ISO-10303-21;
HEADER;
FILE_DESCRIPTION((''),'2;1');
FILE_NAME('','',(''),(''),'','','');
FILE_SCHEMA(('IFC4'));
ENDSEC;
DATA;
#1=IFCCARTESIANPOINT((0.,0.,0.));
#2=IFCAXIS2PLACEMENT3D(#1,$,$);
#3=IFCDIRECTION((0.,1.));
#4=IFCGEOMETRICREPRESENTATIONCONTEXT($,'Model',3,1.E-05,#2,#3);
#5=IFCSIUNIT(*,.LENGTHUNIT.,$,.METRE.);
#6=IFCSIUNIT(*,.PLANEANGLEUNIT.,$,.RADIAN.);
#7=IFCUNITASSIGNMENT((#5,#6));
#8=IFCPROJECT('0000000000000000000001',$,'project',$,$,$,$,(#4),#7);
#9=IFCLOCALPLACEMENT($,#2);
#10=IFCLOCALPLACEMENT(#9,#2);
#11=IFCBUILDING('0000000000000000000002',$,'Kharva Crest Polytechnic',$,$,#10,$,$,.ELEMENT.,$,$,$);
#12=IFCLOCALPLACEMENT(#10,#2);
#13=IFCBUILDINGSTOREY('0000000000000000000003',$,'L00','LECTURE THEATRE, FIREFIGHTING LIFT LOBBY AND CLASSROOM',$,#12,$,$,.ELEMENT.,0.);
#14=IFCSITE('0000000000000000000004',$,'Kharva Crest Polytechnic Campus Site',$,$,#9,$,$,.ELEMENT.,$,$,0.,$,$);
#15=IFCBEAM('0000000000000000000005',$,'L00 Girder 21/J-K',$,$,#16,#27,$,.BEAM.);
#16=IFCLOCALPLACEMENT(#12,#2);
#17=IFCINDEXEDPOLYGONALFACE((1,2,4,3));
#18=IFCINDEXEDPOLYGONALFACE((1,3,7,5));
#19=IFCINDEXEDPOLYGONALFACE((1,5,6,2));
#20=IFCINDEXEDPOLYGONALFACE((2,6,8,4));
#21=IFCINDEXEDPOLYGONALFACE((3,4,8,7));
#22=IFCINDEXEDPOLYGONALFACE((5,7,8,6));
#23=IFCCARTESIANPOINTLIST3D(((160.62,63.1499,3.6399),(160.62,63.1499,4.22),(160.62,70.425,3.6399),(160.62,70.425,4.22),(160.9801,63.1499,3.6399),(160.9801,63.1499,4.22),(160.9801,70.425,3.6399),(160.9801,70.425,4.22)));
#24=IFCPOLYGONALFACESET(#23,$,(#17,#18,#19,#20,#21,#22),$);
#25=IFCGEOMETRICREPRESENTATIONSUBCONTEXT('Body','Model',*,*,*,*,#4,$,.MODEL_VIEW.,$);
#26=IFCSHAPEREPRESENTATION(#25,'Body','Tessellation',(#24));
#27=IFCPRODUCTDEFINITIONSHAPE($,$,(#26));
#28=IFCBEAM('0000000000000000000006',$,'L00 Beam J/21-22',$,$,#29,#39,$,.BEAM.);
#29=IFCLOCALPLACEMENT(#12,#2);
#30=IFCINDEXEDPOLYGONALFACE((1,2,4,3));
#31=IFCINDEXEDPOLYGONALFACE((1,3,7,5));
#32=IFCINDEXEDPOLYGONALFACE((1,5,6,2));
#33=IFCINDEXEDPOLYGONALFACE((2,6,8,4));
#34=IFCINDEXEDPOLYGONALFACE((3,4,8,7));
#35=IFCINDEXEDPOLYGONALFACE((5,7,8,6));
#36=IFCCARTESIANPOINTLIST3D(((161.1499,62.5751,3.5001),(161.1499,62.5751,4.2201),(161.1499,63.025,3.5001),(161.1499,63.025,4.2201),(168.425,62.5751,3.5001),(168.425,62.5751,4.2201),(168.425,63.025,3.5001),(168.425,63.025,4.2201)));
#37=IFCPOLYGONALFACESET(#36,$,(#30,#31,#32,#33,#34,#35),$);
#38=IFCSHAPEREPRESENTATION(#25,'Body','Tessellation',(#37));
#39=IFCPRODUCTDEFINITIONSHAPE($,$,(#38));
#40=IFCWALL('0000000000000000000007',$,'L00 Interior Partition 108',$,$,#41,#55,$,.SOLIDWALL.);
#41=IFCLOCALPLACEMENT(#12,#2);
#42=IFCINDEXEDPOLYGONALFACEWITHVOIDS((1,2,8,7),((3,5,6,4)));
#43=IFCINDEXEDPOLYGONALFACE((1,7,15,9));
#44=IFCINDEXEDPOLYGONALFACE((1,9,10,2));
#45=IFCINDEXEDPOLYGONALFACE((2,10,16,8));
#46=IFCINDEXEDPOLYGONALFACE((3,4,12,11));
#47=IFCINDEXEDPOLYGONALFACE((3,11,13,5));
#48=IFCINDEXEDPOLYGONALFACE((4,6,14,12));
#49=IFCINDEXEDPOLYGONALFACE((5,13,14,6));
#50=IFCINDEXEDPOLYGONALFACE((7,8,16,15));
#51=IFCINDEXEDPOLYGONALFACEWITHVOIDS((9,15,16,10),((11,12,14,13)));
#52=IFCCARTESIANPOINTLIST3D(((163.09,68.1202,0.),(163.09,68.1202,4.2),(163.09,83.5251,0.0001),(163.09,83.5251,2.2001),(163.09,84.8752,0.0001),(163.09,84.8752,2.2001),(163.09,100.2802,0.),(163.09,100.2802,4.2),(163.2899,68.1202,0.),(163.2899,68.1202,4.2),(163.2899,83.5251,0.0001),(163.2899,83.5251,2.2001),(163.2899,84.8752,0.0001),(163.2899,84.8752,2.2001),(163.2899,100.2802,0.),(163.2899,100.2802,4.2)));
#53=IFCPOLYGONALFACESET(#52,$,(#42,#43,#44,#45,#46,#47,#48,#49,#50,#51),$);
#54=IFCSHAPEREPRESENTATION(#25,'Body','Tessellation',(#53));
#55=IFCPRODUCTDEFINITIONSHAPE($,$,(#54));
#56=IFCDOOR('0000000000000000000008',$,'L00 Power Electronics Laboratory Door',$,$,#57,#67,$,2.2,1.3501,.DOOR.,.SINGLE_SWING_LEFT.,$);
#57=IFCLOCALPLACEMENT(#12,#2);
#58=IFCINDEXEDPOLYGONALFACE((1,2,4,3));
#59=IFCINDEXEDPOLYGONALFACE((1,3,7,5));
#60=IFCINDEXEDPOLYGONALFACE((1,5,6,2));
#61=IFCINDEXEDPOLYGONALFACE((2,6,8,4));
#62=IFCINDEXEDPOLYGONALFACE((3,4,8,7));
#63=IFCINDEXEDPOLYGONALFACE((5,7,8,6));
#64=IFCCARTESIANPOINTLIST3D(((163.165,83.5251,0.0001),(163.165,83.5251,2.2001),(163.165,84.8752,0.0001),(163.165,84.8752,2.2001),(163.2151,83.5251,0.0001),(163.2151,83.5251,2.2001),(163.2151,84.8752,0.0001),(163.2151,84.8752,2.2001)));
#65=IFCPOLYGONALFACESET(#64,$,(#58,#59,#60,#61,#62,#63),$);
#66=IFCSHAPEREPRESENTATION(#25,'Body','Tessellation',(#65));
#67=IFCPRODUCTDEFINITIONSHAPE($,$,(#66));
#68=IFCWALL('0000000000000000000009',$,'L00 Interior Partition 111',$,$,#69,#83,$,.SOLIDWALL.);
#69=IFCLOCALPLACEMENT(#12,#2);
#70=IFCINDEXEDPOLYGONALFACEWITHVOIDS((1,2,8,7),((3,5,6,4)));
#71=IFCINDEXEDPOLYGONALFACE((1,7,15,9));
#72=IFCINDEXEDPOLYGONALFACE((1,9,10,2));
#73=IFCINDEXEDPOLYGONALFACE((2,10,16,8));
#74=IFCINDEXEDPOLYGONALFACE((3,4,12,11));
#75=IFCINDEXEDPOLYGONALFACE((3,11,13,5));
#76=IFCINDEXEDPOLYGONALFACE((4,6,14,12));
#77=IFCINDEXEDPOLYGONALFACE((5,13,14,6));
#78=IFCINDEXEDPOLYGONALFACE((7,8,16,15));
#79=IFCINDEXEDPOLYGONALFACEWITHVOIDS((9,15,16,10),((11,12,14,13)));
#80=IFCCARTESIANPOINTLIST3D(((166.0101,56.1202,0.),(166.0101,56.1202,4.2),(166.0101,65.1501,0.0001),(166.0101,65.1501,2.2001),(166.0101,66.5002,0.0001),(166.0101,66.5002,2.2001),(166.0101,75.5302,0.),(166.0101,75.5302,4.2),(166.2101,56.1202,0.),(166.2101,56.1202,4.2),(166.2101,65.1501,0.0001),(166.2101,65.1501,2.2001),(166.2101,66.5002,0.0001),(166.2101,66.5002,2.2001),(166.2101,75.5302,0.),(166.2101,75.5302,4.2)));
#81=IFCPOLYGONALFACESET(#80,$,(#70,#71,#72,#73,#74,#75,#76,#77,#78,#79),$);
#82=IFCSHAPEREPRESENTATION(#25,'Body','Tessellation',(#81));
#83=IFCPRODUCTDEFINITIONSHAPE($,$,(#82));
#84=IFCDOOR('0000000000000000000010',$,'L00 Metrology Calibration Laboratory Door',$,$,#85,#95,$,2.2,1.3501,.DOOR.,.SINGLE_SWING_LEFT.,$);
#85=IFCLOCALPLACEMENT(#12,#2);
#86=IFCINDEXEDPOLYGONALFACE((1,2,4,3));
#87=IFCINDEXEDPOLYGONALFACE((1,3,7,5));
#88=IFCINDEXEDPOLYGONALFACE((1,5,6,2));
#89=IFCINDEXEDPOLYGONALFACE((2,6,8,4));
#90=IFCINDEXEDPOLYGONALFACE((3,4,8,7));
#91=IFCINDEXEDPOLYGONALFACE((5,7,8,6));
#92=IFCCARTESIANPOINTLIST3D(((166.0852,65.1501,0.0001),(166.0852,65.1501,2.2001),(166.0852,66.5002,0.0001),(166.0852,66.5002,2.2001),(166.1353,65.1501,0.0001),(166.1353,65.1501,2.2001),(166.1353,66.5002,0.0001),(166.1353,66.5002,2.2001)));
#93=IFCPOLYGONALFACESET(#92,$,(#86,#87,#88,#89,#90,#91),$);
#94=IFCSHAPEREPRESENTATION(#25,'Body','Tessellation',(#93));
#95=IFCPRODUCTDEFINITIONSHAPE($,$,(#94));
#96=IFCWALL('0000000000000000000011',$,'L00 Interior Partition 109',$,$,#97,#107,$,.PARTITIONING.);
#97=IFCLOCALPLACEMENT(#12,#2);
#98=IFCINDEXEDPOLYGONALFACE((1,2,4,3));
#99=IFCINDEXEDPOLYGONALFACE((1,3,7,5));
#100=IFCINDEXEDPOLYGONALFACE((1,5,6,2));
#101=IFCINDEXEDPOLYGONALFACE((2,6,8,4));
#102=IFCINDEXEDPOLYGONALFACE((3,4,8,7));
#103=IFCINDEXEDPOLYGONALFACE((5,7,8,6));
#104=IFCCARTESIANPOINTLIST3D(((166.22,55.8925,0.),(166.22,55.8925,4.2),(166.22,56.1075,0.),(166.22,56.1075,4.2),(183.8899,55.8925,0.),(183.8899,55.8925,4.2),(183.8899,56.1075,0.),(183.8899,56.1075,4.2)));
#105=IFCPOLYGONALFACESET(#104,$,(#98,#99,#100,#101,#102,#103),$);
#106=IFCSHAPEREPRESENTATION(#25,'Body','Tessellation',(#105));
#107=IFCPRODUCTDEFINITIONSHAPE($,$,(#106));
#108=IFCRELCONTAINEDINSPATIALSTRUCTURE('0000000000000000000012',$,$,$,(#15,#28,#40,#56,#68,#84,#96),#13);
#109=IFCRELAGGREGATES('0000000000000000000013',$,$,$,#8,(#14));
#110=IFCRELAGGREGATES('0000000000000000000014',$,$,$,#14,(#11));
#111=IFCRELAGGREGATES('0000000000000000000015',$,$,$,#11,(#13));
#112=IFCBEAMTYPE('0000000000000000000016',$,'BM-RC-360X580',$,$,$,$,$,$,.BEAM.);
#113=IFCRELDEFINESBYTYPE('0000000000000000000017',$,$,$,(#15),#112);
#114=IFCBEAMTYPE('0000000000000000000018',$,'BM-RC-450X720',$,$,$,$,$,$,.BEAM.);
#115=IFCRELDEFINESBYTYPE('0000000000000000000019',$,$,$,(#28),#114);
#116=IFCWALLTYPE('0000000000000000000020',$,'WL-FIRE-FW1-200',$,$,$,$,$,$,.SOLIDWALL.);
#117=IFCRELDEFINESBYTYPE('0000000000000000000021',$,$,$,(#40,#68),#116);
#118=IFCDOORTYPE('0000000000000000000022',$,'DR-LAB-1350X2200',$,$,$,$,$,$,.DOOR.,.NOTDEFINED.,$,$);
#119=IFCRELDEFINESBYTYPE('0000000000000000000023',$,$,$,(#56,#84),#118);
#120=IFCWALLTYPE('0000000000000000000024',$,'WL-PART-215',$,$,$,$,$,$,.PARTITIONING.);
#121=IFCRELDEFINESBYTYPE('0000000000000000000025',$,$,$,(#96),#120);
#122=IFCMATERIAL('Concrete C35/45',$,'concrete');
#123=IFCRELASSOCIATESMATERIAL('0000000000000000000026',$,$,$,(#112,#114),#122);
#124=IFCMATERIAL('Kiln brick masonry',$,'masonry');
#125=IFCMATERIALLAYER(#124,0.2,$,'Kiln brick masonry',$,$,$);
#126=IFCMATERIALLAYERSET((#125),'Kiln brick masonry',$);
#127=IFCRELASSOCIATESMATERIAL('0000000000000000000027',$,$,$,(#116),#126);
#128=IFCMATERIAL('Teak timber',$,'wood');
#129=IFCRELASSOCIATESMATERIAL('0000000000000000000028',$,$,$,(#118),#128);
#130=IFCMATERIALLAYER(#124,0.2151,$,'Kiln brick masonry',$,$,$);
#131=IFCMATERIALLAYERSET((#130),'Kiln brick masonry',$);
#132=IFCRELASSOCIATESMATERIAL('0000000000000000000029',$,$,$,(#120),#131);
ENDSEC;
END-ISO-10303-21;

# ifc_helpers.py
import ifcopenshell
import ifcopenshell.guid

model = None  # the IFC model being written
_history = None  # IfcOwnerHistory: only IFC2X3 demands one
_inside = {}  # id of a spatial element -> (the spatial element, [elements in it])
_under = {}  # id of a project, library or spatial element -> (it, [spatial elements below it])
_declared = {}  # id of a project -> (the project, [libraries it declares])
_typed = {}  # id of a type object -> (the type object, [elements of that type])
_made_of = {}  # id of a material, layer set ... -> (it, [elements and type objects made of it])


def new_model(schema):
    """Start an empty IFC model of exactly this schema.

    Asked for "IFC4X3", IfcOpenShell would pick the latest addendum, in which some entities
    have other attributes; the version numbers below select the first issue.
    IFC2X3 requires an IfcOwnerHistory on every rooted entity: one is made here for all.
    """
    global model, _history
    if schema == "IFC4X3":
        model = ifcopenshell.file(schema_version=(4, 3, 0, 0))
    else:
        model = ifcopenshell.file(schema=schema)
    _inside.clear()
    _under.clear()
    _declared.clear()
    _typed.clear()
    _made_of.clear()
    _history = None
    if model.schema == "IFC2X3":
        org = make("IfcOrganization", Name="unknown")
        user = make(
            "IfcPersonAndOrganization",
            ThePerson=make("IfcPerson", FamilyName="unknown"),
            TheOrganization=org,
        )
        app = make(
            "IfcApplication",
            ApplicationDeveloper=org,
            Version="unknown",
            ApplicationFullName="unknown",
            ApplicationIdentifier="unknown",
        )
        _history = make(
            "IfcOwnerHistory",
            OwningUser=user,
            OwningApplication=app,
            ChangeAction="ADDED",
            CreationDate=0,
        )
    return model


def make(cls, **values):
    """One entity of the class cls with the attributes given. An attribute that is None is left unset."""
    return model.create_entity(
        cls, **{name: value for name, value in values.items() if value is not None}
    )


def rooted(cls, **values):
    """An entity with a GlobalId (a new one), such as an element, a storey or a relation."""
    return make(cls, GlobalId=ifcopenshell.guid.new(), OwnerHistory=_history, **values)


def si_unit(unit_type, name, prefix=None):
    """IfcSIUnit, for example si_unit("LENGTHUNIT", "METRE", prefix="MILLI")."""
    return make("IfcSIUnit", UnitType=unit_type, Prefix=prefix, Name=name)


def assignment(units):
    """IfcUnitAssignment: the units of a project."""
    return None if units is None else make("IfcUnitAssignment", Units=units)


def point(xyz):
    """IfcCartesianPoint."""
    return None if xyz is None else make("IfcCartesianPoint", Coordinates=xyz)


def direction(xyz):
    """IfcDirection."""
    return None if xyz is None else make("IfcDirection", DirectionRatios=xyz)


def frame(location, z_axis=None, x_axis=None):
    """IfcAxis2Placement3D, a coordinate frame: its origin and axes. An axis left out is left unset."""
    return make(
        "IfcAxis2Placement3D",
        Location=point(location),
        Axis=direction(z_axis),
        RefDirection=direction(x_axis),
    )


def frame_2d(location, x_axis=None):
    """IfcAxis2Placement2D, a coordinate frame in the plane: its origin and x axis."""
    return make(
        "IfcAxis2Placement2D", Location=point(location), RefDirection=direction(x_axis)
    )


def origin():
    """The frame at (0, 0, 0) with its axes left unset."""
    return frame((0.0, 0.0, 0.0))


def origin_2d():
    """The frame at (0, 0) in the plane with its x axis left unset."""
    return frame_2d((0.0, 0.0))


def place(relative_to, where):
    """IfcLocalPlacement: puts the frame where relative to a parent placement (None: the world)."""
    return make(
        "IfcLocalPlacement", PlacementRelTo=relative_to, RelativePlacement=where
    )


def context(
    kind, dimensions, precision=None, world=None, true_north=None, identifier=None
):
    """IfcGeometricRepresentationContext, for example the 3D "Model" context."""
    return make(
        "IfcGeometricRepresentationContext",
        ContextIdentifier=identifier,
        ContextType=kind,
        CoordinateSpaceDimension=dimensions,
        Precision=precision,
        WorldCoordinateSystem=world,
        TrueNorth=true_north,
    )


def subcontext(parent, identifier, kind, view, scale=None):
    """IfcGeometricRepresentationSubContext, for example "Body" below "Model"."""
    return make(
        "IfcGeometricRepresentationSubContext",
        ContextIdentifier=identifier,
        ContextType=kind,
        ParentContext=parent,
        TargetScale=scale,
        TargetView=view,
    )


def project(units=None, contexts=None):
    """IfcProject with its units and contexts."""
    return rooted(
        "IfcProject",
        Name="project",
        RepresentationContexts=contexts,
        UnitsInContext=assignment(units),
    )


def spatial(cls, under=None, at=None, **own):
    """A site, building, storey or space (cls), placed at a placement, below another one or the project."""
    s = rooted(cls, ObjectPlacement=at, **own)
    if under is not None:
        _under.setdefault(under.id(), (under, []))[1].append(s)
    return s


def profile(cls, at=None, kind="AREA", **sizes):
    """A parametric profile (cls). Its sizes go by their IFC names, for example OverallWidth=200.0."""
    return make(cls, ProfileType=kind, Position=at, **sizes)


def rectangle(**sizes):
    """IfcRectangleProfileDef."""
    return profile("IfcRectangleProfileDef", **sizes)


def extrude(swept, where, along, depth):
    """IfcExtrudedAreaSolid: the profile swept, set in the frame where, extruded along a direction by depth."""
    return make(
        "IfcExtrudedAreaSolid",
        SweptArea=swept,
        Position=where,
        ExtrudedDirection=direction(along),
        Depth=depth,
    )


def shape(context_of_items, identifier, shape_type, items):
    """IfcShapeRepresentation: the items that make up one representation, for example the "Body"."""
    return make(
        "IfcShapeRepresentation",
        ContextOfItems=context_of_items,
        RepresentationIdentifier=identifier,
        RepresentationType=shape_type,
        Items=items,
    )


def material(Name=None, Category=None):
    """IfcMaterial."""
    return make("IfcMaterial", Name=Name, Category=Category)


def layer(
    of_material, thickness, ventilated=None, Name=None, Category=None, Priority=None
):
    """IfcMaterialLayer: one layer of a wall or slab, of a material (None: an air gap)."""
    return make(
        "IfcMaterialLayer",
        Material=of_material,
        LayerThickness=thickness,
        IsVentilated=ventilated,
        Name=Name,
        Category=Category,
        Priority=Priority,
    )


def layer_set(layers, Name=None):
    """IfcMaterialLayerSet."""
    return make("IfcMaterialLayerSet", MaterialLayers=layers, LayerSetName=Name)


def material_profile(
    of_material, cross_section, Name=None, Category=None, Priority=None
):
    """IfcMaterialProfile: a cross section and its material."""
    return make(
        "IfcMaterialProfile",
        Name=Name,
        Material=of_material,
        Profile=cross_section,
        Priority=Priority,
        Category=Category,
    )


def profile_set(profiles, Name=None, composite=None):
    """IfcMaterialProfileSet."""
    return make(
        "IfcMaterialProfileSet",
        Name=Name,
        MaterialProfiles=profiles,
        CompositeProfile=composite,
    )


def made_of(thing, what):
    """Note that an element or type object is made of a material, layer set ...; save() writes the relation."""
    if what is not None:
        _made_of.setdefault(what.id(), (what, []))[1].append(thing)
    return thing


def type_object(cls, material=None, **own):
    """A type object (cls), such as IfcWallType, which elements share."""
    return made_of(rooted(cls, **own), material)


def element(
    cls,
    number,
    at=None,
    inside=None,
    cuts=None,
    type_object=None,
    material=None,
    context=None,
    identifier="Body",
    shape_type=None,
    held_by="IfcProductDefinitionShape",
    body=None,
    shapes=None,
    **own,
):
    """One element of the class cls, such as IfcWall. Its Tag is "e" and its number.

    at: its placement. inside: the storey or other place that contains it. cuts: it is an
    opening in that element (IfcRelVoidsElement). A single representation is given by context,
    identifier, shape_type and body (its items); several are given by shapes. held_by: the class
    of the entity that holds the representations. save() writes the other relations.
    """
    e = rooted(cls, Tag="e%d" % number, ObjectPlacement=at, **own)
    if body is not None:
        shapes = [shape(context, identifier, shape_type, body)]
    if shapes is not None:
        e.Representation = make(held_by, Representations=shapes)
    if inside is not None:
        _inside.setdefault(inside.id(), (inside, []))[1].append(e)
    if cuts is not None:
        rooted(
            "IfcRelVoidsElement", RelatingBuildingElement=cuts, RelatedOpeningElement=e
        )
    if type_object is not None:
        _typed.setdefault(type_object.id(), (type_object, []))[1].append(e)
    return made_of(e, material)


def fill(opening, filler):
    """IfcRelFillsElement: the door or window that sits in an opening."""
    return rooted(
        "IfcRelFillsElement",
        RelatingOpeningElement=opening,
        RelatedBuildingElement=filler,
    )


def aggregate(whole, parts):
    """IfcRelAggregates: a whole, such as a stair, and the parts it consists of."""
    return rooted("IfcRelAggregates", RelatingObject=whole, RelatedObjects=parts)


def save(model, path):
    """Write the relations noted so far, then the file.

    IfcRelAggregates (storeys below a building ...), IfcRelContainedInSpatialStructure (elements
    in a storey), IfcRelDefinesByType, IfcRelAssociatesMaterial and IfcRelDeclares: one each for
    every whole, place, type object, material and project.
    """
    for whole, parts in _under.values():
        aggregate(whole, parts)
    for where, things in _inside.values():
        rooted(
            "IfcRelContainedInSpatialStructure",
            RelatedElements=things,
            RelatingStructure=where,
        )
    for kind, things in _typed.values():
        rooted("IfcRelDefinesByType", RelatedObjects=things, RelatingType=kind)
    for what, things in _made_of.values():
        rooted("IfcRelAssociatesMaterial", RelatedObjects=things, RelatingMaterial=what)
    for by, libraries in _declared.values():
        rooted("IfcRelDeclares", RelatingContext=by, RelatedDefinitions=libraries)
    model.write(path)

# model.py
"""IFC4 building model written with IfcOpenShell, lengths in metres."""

from ifc_helpers import new_model, si_unit, direction, frame, frame_2d, origin, origin_2d, place, context, subcontext, project, spatial, rectangle, extrude, material, layer, layer_set, material_profile, profile_set, type_object, element, fill, save


model = new_model("IFC4")

# Units and contexts
model_context = context("Model", 3, precision=1e-05, world=origin(), true_north=direction((0.0, 1.0)))
body_context = subcontext(model_context, "Body", "Model", "MODEL_VIEW")
ifc_project = project(units=[si_unit("LENGTHUNIT", "METRE"), si_unit("PLANEANGLEUNIT", "RADIAN")], contexts=[model_context])

# Site, building, storey
site_placement = place(None, origin())
site = spatial("IfcSite", under=ifc_project, at=site_placement, Name="Kharva Crest Polytechnic Campus Site", CompositionType="ELEMENT", RefElevation=0.0)
building_placement = place(site_placement, origin())
building = spatial("IfcBuilding", under=site, at=building_placement, Name="Kharva Crest Polytechnic", CompositionType="ELEMENT")
storey_placement = place(building_placement, origin())
storey = spatial("IfcBuildingStorey", under=building, at=storey_placement, Name="L00", Description="LECTURE THEATRE, FIREFIGHTING LIFT LOBBY AND CLASSROOM", CompositionType="ELEMENT", Elevation=0.0)

# Shared definitions
ifc_material_1 = material(Name="Concrete C35/45", Category="concrete")

# Beams
ifc_material_profile_1 = material_profile(ifc_material_1, rectangle(XDim=0.3601, YDim=0.5801, at=origin_2d()), Name="RECT 360 X 580")
ifc_profile_set_1 = profile_set([ifc_material_profile_1], Name="Concrete C35/45")
beam_type_1 = type_object("IfcBeamType", Name="BM-RC-360X580", PredefinedType="BEAM", material=ifc_profile_set_1)
beam_1_placement = place(storey_placement, frame((160.8, 63.1499, 3.9299), z_axis=(0.0, 1.0, 0.0), x_axis=(-1.0, 0.0, 0.0)))
element("IfcBeam", 1, at=beam_1_placement, inside=storey, type_object=beam_type_1, Name="L00 Girder 21/J-K", PredefinedType="BEAM", context=body_context, shape_type="SweptSolid", body=[
    extrude(rectangle(XDim=0.3601, YDim=0.5801, at=origin_2d()), origin(), (0.0, 0.0, 1.0), 7.2751),
])
ifc_material_profile_2 = material_profile(ifc_material_1, rectangle(XDim=0.45, YDim=0.72, at=origin_2d()), Name="RECT 450 X 720")
ifc_profile_set_2 = profile_set([ifc_material_profile_2], Name="Concrete C35/45")
beam_type_2 = type_object("IfcBeamType", Name="BM-RC-450X720", PredefinedType="BEAM", material=ifc_profile_set_2)
beam_2_placement = place(storey_placement, frame((161.1499, 62.8, 3.8601), z_axis=(1.0, 0.0, 0.0), x_axis=(0.0, 1.0, 0.0)))
element("IfcBeam", 2, at=beam_2_placement, inside=storey, type_object=beam_type_2, Name="L00 Beam J/21-22", PredefinedType="BEAM", context=body_context, shape_type="SweptSolid", body=[
    extrude(rectangle(XDim=0.45, YDim=0.72, at=origin_2d()), origin(), (0.0, 0.0, 1.0), 7.2751),
])

# Walls, openings, doors
ifc_material_2 = material(Name="Kiln brick masonry", Category="masonry")
ifc_layer_1 = layer(ifc_material_2, 0.2, Name="Kiln brick masonry")
ifc_layer_set_1 = layer_set([ifc_layer_1], Name="Kiln brick masonry")
wall_type_1 = type_object("IfcWallType", Name="WL-FIRE-FW1-200", PredefinedType="SOLIDWALL", material=ifc_layer_set_1)
wall_1_placement = place(storey_placement, frame((163.1899, 68.1201, 0.0), z_axis=(0.0, 0.0, 1.0), x_axis=(0.0, 1.0, 0.0)))
wall_1 = element("IfcWall", 3, at=wall_1_placement, inside=storey, type_object=wall_type_1, Name="L00 Interior Partition 108", PredefinedType="SOLIDWALL", context=body_context, shape_type="SweptSolid", body=[
    extrude(rectangle(XDim=32.1599, YDim=0.2, at=frame_2d((16.0801, 0.0))), origin(), (0.0, 0.0, 1.0), 4.2),
])
opening_1_placement = place(wall_1_placement, frame((15.405, 0.0, 0.0)))
opening_1 = element("IfcOpeningElement", 4, at=opening_1_placement, cuts=wall_1, PredefinedType="OPENING", context=body_context, shape_type="SweptSolid", body=[
    extrude(rectangle(XDim=1.3501, YDim=2.2, at=frame_2d((0.675, 1.1001))), frame((0.0, 0.1099, 0.0), z_axis=(0.0, -1.0, 0.0), x_axis=(1.0, 0.0, 0.0)), (0.0, 0.0, 1.0), 0.22),
])
ifc_material_3 = material(Name="Teak timber", Category="wood")
door_type = type_object("IfcDoorType", Name="DR-LAB-1350X2200", OperationType="NOTDEFINED", PredefinedType="DOOR", material=ifc_material_3)
door_1_placement = place(opening_1_placement, origin())
door_1 = element("IfcDoor", 5, at=door_1_placement, inside=storey, type_object=door_type, Name="L00 Power Electronics Laboratory Door", OperationType="SINGLE_SWING_LEFT", OverallHeight=2.2, OverallWidth=1.3501, PredefinedType="DOOR", context=body_context, shape_type="SweptSolid", body=[
    extrude(rectangle(XDim=1.3501, YDim=2.2, at=frame_2d((0.675, 1.1001))), frame((0.0, 0.0249, 0.0), z_axis=(0.0, -1.0, 0.0), x_axis=(1.0, 0.0, 0.0)), (0.0, 0.0, 1.0), 0.05),
])
fill(opening_1, door_1)
wall_2_placement = place(storey_placement, frame((166.1101, 56.1201, 0.0), z_axis=(0.0, 0.0, 1.0), x_axis=(0.0, 1.0, 0.0)))
wall_2 = element("IfcWall", 6, at=wall_2_placement, inside=storey, type_object=wall_type_1, Name="L00 Interior Partition 111", PredefinedType="SOLIDWALL", context=body_context, shape_type="SweptSolid", body=[
    extrude(rectangle(XDim=19.4099, YDim=0.2, at=frame_2d((9.7051, 0.0))), origin(), (0.0, 0.0, 1.0), 4.2),
])
opening_2_placement = place(wall_2_placement, frame((9.03, 0.0, 0.0)))
opening_2 = element("IfcOpeningElement", 7, at=opening_2_placement, cuts=wall_2, PredefinedType="OPENING", context=body_context, shape_type="SweptSolid", body=[
    extrude(rectangle(XDim=1.3501, YDim=2.2, at=frame_2d((0.675, 1.1001))), frame((0.0, 0.1099, 0.0), z_axis=(0.0, -1.0, 0.0), x_axis=(1.0, 0.0, 0.0)), (0.0, 0.0, 1.0), 0.22),
])
door_2_placement = place(opening_2_placement, origin())
door_2 = element("IfcDoor", 8, at=door_2_placement, inside=storey, type_object=door_type, Name="L00 Metrology Calibration Laboratory Door", OperationType="SINGLE_SWING_LEFT", OverallHeight=2.2, OverallWidth=1.3501, PredefinedType="DOOR", context=body_context, shape_type="SweptSolid", body=[
    extrude(rectangle(XDim=1.3501, YDim=2.2, at=frame_2d((0.675, 1.1001))), frame((0.0, 0.0249, 0.0), z_axis=(0.0, -1.0, 0.0), x_axis=(1.0, 0.0, 0.0)), (0.0, 0.0, 1.0), 0.05),
])
fill(opening_2, door_2)

# Wall
ifc_layer_2 = layer(ifc_material_2, 0.2151, Name="Kiln brick masonry")
ifc_layer_set_2 = layer_set([ifc_layer_2], Name="Kiln brick masonry")
wall_type_2 = type_object("IfcWallType", Name="WL-PART-215", PredefinedType="PARTITIONING", material=ifc_layer_set_2)
wall_3_placement = place(storey_placement, frame((166.22, 56.0, 0.0), z_axis=(0.0, 0.0, 1.0), x_axis=(1.0, 0.0, 0.0)))
element("IfcWall", 9, at=wall_3_placement, inside=storey, type_object=wall_type_2, Name="L00 Interior Partition 109", PredefinedType="PARTITIONING", context=body_context, shape_type="SweptSolid", body=[
    extrude(rectangle(XDim=17.6699, YDim=0.2151, at=frame_2d((8.835, 0.0))), origin(), (0.0, 0.0, 1.0), 4.2),
])

save(model, "model.ifc")
